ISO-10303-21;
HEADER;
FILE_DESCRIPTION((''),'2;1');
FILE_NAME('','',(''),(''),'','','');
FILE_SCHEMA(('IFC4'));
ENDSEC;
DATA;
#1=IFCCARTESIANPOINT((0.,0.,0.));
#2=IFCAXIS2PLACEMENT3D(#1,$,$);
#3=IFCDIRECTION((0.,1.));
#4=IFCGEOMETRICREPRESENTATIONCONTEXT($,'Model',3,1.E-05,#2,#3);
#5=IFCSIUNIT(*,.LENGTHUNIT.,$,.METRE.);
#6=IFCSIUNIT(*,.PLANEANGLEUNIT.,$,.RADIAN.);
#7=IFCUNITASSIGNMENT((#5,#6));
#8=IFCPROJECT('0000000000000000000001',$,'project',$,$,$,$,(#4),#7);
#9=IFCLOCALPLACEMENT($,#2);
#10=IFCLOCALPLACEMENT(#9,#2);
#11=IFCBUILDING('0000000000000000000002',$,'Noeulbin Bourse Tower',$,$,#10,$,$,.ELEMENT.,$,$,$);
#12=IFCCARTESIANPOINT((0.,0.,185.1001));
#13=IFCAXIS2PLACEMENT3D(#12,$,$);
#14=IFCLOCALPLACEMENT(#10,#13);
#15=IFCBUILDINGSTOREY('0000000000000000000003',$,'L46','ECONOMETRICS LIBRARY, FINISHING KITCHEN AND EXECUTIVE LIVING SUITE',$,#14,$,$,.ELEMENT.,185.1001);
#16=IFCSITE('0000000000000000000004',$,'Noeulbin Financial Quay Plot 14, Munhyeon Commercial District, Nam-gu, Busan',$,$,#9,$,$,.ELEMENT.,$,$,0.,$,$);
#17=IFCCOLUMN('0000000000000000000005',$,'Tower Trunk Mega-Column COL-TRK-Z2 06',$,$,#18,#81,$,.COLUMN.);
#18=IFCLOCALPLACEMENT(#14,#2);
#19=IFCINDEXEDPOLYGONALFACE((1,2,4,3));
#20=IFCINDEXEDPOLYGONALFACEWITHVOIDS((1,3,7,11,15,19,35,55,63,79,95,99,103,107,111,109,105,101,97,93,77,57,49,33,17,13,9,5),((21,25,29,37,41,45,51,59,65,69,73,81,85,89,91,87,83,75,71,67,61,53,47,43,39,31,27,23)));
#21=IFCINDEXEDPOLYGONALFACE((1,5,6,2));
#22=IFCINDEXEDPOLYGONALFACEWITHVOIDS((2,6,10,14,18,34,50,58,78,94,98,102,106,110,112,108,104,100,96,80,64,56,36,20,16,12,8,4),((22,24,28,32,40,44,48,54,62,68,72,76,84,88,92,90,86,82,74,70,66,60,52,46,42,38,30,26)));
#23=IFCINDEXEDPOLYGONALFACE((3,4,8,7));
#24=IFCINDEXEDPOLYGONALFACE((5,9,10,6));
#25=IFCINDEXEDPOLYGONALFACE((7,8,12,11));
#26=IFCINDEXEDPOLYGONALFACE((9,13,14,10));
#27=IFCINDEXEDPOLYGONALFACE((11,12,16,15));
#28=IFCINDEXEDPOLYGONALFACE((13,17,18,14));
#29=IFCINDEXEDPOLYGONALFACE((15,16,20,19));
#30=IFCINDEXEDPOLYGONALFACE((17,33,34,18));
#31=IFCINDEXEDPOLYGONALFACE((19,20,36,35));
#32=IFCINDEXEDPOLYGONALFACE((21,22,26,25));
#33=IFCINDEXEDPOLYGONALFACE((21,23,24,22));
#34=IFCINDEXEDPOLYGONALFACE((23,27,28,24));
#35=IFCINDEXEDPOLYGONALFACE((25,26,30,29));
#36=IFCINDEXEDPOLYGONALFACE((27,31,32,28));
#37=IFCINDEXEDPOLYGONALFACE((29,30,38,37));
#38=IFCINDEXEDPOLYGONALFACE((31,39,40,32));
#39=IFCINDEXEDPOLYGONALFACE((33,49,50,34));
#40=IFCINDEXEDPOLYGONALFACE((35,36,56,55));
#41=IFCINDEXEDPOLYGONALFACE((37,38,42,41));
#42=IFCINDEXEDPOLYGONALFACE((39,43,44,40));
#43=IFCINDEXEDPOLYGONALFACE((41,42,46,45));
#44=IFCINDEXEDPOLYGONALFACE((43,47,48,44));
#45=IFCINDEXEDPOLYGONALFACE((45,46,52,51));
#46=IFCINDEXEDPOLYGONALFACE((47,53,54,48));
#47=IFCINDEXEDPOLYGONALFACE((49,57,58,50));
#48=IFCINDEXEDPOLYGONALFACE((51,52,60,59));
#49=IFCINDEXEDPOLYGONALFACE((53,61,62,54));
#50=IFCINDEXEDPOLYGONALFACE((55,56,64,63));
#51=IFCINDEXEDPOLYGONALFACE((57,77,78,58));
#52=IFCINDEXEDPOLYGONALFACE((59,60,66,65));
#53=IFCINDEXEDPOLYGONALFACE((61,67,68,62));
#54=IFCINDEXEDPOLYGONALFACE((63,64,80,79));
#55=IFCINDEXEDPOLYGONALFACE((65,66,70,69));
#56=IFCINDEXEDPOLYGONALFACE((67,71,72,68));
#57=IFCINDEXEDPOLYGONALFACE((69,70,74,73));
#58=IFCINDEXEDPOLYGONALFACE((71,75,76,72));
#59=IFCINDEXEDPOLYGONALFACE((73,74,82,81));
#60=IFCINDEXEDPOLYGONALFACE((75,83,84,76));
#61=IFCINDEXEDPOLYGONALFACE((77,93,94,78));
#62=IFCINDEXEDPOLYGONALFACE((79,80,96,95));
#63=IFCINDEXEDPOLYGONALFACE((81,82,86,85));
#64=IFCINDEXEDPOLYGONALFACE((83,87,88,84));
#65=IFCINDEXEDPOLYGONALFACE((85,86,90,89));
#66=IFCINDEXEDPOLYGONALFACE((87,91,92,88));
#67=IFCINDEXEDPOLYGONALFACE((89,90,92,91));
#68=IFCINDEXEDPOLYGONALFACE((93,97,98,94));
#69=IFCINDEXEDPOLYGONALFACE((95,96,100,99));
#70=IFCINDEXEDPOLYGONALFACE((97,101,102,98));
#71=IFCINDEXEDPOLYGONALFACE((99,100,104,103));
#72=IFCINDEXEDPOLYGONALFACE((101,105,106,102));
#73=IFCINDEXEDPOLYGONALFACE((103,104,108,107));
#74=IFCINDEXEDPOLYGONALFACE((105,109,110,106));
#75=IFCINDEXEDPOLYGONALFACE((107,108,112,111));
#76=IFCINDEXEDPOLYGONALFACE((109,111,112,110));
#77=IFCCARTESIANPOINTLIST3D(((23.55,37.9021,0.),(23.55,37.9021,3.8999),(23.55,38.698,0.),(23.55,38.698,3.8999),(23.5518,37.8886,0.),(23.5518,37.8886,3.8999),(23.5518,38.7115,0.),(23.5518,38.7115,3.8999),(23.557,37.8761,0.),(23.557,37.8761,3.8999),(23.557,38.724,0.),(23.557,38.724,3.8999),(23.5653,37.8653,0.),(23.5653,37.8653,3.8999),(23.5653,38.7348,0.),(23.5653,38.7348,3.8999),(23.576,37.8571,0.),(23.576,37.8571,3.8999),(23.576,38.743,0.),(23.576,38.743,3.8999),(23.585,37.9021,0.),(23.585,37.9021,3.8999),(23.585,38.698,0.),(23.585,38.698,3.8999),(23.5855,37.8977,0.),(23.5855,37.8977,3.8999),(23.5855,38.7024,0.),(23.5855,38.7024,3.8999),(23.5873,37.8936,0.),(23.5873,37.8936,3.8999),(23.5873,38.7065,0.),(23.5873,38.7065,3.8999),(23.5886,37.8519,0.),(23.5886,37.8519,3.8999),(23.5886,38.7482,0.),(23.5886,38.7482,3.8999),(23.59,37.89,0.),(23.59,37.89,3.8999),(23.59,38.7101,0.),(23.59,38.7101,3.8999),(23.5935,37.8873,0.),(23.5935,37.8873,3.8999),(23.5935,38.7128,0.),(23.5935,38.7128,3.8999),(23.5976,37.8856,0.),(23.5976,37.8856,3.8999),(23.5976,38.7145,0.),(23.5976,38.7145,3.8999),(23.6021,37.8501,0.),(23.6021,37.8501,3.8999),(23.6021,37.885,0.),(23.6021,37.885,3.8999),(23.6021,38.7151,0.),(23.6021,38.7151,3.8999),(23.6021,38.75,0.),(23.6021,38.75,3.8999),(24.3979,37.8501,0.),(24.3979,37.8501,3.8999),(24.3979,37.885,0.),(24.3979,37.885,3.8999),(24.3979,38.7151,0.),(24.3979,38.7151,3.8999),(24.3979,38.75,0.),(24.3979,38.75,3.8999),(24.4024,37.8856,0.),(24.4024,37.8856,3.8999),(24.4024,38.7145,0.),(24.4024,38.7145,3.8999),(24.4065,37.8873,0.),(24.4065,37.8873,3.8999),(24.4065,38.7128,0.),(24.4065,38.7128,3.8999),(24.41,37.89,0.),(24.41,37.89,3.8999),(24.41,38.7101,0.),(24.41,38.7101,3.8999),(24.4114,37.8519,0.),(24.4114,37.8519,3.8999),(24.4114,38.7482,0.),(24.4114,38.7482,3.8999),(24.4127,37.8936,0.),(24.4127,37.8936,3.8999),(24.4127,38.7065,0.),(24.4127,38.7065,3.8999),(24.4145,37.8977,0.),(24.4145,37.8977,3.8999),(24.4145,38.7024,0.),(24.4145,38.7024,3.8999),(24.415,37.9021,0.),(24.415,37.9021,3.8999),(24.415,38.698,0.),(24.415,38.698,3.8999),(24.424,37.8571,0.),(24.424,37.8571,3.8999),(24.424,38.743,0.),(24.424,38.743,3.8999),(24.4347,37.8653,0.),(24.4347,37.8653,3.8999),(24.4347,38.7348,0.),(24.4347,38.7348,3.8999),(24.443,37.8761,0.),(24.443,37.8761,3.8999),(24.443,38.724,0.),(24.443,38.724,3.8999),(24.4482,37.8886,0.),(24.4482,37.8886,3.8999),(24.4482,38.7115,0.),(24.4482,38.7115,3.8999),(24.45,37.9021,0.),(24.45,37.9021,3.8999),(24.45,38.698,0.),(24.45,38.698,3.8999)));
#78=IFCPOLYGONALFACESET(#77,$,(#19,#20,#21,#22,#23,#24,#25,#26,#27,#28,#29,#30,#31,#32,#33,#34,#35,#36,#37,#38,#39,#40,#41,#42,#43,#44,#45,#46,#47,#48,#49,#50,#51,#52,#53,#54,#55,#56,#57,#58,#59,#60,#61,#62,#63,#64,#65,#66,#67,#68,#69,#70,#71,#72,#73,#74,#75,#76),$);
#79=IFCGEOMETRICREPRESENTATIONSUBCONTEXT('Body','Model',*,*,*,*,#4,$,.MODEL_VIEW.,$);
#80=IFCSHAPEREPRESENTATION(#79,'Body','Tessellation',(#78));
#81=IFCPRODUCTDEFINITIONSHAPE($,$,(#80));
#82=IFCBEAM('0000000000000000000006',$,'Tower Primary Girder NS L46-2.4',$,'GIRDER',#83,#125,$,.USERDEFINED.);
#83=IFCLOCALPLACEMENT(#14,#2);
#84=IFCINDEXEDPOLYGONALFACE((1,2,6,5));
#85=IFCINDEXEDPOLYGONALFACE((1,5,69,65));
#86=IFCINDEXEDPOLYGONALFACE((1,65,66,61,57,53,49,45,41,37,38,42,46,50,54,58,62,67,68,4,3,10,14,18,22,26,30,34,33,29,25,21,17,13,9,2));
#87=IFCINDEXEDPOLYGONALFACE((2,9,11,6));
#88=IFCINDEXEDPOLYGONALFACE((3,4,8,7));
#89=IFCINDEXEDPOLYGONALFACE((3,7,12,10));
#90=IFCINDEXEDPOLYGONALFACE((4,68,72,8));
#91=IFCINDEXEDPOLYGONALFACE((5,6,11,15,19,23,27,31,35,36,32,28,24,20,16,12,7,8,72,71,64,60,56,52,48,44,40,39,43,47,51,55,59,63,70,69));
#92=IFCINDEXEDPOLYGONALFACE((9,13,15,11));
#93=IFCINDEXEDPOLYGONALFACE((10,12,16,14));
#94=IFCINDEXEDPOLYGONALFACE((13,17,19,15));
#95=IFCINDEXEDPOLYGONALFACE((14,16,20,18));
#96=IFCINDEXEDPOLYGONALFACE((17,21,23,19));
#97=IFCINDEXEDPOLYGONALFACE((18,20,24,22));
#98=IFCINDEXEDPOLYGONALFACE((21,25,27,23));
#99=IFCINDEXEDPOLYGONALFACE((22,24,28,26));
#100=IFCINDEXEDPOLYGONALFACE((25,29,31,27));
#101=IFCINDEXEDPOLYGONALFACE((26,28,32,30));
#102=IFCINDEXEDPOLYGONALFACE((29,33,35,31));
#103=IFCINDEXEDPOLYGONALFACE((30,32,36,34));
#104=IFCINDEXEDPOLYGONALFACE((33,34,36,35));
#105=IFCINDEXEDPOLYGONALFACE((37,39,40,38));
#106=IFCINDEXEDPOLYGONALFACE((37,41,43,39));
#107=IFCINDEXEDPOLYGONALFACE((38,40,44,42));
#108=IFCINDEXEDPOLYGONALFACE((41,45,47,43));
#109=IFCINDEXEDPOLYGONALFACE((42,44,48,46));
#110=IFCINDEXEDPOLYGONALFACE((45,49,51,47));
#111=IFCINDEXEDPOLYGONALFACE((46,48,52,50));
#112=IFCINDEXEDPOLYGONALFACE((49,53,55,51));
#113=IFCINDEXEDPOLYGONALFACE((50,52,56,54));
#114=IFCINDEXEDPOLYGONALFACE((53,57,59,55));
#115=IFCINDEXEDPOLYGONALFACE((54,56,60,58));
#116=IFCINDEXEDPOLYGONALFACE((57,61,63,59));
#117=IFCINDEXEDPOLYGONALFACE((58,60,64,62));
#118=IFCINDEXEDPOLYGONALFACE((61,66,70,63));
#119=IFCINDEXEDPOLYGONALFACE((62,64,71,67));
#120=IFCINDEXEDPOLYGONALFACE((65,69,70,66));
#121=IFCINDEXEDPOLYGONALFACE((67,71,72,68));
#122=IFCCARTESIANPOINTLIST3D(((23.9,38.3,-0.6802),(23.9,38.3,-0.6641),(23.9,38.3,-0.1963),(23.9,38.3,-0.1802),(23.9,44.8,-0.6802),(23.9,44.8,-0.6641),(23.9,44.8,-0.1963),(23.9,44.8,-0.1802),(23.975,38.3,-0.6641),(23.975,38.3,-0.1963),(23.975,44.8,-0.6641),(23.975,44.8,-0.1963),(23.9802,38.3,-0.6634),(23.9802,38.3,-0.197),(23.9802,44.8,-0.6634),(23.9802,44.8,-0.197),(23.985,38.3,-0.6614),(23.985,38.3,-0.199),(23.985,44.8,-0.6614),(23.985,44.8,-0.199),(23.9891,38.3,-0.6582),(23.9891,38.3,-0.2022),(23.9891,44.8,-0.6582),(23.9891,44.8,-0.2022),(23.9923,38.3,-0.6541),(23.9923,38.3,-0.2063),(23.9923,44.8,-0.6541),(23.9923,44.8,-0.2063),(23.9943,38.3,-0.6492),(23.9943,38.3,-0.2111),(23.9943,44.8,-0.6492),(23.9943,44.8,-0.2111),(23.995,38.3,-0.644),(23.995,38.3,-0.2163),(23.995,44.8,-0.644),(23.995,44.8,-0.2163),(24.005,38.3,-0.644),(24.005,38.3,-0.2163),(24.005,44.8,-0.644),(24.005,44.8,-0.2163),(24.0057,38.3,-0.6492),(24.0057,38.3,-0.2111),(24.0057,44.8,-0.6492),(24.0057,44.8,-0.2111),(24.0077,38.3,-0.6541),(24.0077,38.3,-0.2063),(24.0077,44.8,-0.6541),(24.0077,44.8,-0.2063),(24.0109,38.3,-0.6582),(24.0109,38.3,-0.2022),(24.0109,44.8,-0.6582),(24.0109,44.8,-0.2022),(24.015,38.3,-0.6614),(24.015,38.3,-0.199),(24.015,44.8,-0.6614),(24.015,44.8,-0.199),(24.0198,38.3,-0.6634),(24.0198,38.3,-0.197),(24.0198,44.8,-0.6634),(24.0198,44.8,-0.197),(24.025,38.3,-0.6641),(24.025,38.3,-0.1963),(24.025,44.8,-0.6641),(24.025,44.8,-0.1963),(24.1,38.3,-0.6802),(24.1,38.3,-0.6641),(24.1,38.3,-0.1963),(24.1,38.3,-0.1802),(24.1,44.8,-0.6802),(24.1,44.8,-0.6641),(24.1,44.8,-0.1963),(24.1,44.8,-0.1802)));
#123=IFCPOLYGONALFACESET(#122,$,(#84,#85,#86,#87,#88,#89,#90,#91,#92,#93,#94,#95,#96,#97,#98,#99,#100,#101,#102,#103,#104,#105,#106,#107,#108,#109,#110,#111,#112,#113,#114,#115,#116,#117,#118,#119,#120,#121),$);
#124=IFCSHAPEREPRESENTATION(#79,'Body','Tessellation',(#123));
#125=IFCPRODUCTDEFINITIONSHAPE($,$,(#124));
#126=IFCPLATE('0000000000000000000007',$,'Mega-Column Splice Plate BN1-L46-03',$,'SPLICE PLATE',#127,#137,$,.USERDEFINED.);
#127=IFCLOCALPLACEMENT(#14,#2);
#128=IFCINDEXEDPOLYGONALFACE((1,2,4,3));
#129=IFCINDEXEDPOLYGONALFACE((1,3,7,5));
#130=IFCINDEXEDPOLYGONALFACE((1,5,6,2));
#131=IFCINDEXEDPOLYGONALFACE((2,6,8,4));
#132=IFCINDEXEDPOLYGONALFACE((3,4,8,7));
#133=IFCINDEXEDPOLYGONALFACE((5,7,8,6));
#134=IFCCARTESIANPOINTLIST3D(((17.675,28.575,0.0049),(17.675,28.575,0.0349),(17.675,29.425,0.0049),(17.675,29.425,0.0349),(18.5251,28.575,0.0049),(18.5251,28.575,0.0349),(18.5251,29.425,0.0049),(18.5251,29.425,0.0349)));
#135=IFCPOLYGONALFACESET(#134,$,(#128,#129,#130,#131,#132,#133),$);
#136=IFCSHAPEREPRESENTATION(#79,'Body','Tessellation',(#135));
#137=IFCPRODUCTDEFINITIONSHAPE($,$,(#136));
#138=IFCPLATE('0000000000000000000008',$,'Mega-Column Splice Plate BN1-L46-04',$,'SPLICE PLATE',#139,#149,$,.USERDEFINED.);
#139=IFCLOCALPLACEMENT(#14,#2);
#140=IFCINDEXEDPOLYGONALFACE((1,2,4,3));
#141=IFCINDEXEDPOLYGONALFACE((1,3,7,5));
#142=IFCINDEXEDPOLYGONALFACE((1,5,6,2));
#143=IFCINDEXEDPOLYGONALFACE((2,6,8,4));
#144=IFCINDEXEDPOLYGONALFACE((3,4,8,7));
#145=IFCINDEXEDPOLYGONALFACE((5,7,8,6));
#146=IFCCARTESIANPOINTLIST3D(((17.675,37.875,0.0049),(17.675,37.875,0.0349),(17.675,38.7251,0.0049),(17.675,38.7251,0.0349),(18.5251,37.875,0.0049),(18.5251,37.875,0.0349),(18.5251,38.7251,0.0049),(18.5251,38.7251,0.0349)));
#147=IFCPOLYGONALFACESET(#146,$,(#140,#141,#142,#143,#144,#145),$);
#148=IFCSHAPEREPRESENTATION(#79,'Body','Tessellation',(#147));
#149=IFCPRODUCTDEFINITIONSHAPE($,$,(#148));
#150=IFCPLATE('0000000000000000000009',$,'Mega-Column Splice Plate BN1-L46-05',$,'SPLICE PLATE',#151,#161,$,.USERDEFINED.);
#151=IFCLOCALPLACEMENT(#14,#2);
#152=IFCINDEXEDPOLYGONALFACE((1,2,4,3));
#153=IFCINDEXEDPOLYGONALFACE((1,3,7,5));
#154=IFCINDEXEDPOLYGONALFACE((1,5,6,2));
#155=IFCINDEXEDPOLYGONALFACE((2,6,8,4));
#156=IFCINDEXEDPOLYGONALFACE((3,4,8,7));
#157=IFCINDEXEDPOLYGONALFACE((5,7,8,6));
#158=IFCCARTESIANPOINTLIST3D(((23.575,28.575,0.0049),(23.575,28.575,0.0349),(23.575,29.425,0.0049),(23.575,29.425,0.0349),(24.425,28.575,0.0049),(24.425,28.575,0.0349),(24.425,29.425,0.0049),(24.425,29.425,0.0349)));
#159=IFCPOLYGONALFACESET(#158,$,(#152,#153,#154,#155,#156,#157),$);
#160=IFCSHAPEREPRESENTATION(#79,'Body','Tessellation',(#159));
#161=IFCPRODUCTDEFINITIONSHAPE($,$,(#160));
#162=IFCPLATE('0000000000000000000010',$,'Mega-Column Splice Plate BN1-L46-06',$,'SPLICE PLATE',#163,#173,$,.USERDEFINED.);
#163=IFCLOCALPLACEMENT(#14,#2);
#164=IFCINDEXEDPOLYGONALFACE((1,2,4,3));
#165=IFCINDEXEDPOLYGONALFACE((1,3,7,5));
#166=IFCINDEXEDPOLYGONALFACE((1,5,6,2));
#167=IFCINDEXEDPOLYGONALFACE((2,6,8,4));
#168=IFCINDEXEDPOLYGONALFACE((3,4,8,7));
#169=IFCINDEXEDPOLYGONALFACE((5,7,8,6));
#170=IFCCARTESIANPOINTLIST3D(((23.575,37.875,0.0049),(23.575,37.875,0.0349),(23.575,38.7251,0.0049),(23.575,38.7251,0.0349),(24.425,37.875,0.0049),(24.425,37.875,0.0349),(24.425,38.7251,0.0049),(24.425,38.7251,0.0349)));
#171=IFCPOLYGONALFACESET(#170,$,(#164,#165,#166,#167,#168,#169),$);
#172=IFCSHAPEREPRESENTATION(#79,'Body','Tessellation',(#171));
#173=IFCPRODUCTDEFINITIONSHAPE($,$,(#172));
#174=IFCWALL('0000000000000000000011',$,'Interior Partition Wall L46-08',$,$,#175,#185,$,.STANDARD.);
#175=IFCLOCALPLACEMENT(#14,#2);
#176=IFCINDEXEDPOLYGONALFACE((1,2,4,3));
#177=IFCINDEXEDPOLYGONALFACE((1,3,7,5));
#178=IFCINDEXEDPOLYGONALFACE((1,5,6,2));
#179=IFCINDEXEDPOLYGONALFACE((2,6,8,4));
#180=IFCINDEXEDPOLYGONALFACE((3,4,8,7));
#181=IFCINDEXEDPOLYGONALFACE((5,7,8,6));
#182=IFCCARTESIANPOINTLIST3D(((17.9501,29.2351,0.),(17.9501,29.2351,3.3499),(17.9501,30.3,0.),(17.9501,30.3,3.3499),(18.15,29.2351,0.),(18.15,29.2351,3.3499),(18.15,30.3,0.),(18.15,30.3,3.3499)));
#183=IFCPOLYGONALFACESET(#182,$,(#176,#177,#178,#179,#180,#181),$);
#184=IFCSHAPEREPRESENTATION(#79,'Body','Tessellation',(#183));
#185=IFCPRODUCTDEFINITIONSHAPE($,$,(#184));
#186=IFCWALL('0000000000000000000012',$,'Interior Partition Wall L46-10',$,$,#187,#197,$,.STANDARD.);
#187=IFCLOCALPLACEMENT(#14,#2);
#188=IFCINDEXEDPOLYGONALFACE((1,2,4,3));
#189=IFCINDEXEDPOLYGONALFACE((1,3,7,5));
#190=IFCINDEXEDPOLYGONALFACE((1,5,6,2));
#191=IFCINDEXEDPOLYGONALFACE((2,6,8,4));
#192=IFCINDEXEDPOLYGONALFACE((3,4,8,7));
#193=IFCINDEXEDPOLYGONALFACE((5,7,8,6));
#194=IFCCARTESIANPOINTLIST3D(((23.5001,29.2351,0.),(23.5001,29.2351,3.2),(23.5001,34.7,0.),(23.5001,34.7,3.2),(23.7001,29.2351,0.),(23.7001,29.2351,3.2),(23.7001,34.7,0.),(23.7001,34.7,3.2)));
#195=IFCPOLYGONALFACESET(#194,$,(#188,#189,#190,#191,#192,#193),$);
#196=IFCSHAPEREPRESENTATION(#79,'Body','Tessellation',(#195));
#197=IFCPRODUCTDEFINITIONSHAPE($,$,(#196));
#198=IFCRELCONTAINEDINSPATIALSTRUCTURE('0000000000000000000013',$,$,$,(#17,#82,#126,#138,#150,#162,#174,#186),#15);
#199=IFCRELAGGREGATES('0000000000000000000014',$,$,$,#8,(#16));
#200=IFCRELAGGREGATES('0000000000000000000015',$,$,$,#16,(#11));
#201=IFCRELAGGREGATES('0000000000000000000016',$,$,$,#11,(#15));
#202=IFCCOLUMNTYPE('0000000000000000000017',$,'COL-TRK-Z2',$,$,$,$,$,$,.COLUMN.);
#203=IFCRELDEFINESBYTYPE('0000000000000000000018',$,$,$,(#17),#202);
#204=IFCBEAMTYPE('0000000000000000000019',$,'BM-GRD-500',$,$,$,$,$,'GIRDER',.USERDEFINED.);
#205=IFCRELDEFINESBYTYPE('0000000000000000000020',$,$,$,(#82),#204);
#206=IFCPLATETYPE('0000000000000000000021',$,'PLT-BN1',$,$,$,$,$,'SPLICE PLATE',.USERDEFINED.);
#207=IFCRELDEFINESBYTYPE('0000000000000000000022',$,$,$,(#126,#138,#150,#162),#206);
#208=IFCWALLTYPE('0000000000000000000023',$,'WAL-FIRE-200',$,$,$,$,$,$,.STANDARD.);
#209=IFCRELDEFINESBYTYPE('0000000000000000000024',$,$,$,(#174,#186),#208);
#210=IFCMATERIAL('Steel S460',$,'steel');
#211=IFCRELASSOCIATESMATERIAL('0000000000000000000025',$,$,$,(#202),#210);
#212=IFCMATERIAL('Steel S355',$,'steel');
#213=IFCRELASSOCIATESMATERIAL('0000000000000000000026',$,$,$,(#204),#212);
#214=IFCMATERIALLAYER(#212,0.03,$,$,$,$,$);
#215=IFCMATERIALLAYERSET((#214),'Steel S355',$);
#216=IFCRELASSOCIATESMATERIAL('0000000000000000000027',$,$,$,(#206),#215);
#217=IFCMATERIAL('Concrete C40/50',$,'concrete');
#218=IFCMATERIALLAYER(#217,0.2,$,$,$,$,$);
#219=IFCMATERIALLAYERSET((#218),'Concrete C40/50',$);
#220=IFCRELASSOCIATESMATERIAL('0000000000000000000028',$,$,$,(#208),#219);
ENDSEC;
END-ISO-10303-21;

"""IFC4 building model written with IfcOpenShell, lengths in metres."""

from ifc_helpers import new_model, si_unit, direction, frame, frame_2d, origin, origin_2d, place, context, subcontext, project, spatial, rectangle, hollow_rectangle, i_section, extrude, material, layer, layer_set, material_profile, profile_set, type_object, element, save


model = new_model("IFC4")

# Units and contexts
model_context = context("Model", 3, precision=1e-05, world=origin(), true_north=direction((0.0, 1.0)))
body_context = subcontext(model_context, "Body", "Model", "MODEL_VIEW")
ifc_project = project(units=[si_unit("LENGTHUNIT", "METRE"), si_unit("PLANEANGLEUNIT", "RADIAN")], contexts=[model_context])

# Site, building, storey
site_placement = place(None, origin())
site = spatial("IfcSite", under=ifc_project, at=site_placement, Name="Noeulbin Financial Quay Plot 14, Munhyeon Commercial District, Nam-gu, Busan", CompositionType="ELEMENT", RefElevation=0.0)
building_placement = place(site_placement, origin())
building = spatial("IfcBuilding", under=site, at=building_placement, Name="Noeulbin Bourse Tower", CompositionType="ELEMENT")
storey_placement = place(building_placement, frame((0.0, 0.0, 185.1001)))
storey = spatial("IfcBuildingStorey", under=building, at=storey_placement, Name="L46", Description="ECONOMETRICS LIBRARY, FINISHING KITCHEN AND EXECUTIVE LIVING SUITE", CompositionType="ELEMENT", Elevation=185.1001)

# Column
ifc_material_1 = material(Name="Steel S460", Category="steel")
ifc_material_profile_1 = material_profile(ifc_material_1, hollow_rectangle(XDim=0.8999, YDim=0.8999, WallThickness=0.0349, InnerFilletRadius=0.0171, OuterFilletRadius=0.052, at=origin_2d()), Name="BOX-900x900x35", Category="LoadBearing")
ifc_profile_set_1 = profile_set([ifc_material_profile_1], Name="Steel S460")
column_type = type_object("IfcColumnType", Name="COL-TRK-Z2", PredefinedType="COLUMN", material=ifc_profile_set_1)
for number, where, z_axis, x_axis, name in (
    (1, (24.0, 38.3, 0.0), (0.0, 0.0, 1.0), (1.0, 0.0, 0.0), "Tower Trunk Mega-Column COL-TRK-Z2 06"),
):
    element("IfcColumn", number, at=place(storey_placement, frame(where, z_axis=z_axis, x_axis=x_axis)), inside=storey, type_object=column_type, Name=name, PredefinedType="COLUMN", context=body_context, shape_type="SweptSolid", body=[
        extrude(hollow_rectangle(XDim=0.8999, YDim=0.8999, WallThickness=0.0349, InnerFilletRadius=0.0171, OuterFilletRadius=0.052, at=origin_2d()), origin(), (0.0, 0.0, 1.0), 3.8999),
    ])

# Beam
ifc_material_2 = material(Name="Steel S355", Category="steel")
ifc_material_profile_2 = material_profile(ifc_material_2, i_section(OverallWidth=0.2, OverallDepth=0.5, WebThickness=0.01, FlangeThickness=0.0161, FilletRadius=0.02, at=origin_2d()), Name="H-500x200x10x16", Category="LoadBearing")
ifc_profile_set_2 = profile_set([ifc_material_profile_2], Name="Steel S355")
beam_type = type_object("IfcBeamType", Name="BM-GRD-500", ElementType="GIRDER", PredefinedType="USERDEFINED", material=ifc_profile_set_2)
beam_placement = place(storey_placement, frame((24.0, 38.3, -0.4302), z_axis=(0.0, 1.0, 0.0), x_axis=(-1.0, 0.0, 0.0)))
element("IfcBeam", 2, at=beam_placement, inside=storey, type_object=beam_type, Name="Tower Primary Girder NS L46-2.4", ObjectType="GIRDER", PredefinedType="USERDEFINED", context=body_context, shape_type="SweptSolid", body=[
    extrude(i_section(OverallWidth=0.2, OverallDepth=0.5, WebThickness=0.01, FlangeThickness=0.0161, FilletRadius=0.02, at=origin_2d()), origin(), (0.0, 0.0, 1.0), 6.5),
])

# Plates
ifc_layer_1 = layer(ifc_material_2, 0.03)
ifc_layer_set_1 = layer_set([ifc_layer_1], Name="Steel S355")
plate_type = type_object("IfcPlateType", Name="PLT-BN1", ElementType="SPLICE PLATE", PredefinedType="USERDEFINED", material=ifc_layer_set_1)
for number, where, z_axis, x_axis, name in (
    (3, (18.1001, 29.0, 0.0049), (0.0, 0.0, 1.0), (1.0, 0.0, 0.0), "Mega-Column Splice Plate BN1-L46-03"),
    (4, (18.1001, 38.3, 0.0049), (0.0, 0.0, 1.0), (1.0, 0.0, 0.0), "Mega-Column Splice Plate BN1-L46-04"),
    (5, (24.0, 29.0, 0.0049), (0.0, 0.0, 1.0), (1.0, 0.0, 0.0), "Mega-Column Splice Plate BN1-L46-05"),
    (6, (24.0, 38.3, 0.0049), (0.0, 0.0, 1.0), (1.0, 0.0, 0.0), "Mega-Column Splice Plate BN1-L46-06"),
):
    element("IfcPlate", number, at=place(storey_placement, frame(where, z_axis=z_axis, x_axis=x_axis)), inside=storey, type_object=plate_type, Name=name, ObjectType="SPLICE PLATE", PredefinedType="USERDEFINED", context=body_context, shape_type="SweptSolid", body=[
        extrude(rectangle(XDim=0.8501, YDim=0.8501, at=origin_2d()), origin(), (0.0, 0.0, 1.0), 0.03),
    ])

# Walls
ifc_material_3 = material(Name="Concrete C40/50", Category="concrete")
ifc_layer_2 = layer(ifc_material_3, 0.2)
ifc_layer_set_2 = layer_set([ifc_layer_2], Name="Concrete C40/50")
wall_type_1 = type_object("IfcWallType", Name="WAL-FIRE-200", PredefinedType="STANDARD", material=ifc_layer_set_2)
wall_1_placement = place(storey_placement, frame((18.05, 29.2351, 0.0), z_axis=(0.0, 0.0, 1.0), x_axis=(0.0, 1.0, 0.0)))
element("IfcWall", 7, at=wall_1_placement, inside=storey, type_object=wall_type_1, Name="Interior Partition Wall L46-08", PredefinedType="STANDARD", context=body_context, shape_type="SweptSolid", body=[
    extrude(rectangle(XDim=1.0649, YDim=0.2, at=frame_2d((0.5325, 0.0))), origin(), (0.0, 0.0, 1.0), 3.3499),
])
wall_2_placement = place(storey_placement, frame((23.6001, 29.2351, 0.0), z_axis=(0.0, 0.0, 1.0), x_axis=(0.0, 1.0, 0.0)))
element("IfcWall", 8, at=wall_2_placement, inside=storey, type_object=wall_type_1, Name="Interior Partition Wall L46-10", PredefinedType="STANDARD", context=body_context, shape_type="SweptSolid", body=[
    extrude(rectangle(XDim=5.4648, YDim=0.2, at=frame_2d((2.7324, 0.0))), origin(), (0.0, 0.0, 1.0), 3.2),
])

save(model, "model.ifc")
